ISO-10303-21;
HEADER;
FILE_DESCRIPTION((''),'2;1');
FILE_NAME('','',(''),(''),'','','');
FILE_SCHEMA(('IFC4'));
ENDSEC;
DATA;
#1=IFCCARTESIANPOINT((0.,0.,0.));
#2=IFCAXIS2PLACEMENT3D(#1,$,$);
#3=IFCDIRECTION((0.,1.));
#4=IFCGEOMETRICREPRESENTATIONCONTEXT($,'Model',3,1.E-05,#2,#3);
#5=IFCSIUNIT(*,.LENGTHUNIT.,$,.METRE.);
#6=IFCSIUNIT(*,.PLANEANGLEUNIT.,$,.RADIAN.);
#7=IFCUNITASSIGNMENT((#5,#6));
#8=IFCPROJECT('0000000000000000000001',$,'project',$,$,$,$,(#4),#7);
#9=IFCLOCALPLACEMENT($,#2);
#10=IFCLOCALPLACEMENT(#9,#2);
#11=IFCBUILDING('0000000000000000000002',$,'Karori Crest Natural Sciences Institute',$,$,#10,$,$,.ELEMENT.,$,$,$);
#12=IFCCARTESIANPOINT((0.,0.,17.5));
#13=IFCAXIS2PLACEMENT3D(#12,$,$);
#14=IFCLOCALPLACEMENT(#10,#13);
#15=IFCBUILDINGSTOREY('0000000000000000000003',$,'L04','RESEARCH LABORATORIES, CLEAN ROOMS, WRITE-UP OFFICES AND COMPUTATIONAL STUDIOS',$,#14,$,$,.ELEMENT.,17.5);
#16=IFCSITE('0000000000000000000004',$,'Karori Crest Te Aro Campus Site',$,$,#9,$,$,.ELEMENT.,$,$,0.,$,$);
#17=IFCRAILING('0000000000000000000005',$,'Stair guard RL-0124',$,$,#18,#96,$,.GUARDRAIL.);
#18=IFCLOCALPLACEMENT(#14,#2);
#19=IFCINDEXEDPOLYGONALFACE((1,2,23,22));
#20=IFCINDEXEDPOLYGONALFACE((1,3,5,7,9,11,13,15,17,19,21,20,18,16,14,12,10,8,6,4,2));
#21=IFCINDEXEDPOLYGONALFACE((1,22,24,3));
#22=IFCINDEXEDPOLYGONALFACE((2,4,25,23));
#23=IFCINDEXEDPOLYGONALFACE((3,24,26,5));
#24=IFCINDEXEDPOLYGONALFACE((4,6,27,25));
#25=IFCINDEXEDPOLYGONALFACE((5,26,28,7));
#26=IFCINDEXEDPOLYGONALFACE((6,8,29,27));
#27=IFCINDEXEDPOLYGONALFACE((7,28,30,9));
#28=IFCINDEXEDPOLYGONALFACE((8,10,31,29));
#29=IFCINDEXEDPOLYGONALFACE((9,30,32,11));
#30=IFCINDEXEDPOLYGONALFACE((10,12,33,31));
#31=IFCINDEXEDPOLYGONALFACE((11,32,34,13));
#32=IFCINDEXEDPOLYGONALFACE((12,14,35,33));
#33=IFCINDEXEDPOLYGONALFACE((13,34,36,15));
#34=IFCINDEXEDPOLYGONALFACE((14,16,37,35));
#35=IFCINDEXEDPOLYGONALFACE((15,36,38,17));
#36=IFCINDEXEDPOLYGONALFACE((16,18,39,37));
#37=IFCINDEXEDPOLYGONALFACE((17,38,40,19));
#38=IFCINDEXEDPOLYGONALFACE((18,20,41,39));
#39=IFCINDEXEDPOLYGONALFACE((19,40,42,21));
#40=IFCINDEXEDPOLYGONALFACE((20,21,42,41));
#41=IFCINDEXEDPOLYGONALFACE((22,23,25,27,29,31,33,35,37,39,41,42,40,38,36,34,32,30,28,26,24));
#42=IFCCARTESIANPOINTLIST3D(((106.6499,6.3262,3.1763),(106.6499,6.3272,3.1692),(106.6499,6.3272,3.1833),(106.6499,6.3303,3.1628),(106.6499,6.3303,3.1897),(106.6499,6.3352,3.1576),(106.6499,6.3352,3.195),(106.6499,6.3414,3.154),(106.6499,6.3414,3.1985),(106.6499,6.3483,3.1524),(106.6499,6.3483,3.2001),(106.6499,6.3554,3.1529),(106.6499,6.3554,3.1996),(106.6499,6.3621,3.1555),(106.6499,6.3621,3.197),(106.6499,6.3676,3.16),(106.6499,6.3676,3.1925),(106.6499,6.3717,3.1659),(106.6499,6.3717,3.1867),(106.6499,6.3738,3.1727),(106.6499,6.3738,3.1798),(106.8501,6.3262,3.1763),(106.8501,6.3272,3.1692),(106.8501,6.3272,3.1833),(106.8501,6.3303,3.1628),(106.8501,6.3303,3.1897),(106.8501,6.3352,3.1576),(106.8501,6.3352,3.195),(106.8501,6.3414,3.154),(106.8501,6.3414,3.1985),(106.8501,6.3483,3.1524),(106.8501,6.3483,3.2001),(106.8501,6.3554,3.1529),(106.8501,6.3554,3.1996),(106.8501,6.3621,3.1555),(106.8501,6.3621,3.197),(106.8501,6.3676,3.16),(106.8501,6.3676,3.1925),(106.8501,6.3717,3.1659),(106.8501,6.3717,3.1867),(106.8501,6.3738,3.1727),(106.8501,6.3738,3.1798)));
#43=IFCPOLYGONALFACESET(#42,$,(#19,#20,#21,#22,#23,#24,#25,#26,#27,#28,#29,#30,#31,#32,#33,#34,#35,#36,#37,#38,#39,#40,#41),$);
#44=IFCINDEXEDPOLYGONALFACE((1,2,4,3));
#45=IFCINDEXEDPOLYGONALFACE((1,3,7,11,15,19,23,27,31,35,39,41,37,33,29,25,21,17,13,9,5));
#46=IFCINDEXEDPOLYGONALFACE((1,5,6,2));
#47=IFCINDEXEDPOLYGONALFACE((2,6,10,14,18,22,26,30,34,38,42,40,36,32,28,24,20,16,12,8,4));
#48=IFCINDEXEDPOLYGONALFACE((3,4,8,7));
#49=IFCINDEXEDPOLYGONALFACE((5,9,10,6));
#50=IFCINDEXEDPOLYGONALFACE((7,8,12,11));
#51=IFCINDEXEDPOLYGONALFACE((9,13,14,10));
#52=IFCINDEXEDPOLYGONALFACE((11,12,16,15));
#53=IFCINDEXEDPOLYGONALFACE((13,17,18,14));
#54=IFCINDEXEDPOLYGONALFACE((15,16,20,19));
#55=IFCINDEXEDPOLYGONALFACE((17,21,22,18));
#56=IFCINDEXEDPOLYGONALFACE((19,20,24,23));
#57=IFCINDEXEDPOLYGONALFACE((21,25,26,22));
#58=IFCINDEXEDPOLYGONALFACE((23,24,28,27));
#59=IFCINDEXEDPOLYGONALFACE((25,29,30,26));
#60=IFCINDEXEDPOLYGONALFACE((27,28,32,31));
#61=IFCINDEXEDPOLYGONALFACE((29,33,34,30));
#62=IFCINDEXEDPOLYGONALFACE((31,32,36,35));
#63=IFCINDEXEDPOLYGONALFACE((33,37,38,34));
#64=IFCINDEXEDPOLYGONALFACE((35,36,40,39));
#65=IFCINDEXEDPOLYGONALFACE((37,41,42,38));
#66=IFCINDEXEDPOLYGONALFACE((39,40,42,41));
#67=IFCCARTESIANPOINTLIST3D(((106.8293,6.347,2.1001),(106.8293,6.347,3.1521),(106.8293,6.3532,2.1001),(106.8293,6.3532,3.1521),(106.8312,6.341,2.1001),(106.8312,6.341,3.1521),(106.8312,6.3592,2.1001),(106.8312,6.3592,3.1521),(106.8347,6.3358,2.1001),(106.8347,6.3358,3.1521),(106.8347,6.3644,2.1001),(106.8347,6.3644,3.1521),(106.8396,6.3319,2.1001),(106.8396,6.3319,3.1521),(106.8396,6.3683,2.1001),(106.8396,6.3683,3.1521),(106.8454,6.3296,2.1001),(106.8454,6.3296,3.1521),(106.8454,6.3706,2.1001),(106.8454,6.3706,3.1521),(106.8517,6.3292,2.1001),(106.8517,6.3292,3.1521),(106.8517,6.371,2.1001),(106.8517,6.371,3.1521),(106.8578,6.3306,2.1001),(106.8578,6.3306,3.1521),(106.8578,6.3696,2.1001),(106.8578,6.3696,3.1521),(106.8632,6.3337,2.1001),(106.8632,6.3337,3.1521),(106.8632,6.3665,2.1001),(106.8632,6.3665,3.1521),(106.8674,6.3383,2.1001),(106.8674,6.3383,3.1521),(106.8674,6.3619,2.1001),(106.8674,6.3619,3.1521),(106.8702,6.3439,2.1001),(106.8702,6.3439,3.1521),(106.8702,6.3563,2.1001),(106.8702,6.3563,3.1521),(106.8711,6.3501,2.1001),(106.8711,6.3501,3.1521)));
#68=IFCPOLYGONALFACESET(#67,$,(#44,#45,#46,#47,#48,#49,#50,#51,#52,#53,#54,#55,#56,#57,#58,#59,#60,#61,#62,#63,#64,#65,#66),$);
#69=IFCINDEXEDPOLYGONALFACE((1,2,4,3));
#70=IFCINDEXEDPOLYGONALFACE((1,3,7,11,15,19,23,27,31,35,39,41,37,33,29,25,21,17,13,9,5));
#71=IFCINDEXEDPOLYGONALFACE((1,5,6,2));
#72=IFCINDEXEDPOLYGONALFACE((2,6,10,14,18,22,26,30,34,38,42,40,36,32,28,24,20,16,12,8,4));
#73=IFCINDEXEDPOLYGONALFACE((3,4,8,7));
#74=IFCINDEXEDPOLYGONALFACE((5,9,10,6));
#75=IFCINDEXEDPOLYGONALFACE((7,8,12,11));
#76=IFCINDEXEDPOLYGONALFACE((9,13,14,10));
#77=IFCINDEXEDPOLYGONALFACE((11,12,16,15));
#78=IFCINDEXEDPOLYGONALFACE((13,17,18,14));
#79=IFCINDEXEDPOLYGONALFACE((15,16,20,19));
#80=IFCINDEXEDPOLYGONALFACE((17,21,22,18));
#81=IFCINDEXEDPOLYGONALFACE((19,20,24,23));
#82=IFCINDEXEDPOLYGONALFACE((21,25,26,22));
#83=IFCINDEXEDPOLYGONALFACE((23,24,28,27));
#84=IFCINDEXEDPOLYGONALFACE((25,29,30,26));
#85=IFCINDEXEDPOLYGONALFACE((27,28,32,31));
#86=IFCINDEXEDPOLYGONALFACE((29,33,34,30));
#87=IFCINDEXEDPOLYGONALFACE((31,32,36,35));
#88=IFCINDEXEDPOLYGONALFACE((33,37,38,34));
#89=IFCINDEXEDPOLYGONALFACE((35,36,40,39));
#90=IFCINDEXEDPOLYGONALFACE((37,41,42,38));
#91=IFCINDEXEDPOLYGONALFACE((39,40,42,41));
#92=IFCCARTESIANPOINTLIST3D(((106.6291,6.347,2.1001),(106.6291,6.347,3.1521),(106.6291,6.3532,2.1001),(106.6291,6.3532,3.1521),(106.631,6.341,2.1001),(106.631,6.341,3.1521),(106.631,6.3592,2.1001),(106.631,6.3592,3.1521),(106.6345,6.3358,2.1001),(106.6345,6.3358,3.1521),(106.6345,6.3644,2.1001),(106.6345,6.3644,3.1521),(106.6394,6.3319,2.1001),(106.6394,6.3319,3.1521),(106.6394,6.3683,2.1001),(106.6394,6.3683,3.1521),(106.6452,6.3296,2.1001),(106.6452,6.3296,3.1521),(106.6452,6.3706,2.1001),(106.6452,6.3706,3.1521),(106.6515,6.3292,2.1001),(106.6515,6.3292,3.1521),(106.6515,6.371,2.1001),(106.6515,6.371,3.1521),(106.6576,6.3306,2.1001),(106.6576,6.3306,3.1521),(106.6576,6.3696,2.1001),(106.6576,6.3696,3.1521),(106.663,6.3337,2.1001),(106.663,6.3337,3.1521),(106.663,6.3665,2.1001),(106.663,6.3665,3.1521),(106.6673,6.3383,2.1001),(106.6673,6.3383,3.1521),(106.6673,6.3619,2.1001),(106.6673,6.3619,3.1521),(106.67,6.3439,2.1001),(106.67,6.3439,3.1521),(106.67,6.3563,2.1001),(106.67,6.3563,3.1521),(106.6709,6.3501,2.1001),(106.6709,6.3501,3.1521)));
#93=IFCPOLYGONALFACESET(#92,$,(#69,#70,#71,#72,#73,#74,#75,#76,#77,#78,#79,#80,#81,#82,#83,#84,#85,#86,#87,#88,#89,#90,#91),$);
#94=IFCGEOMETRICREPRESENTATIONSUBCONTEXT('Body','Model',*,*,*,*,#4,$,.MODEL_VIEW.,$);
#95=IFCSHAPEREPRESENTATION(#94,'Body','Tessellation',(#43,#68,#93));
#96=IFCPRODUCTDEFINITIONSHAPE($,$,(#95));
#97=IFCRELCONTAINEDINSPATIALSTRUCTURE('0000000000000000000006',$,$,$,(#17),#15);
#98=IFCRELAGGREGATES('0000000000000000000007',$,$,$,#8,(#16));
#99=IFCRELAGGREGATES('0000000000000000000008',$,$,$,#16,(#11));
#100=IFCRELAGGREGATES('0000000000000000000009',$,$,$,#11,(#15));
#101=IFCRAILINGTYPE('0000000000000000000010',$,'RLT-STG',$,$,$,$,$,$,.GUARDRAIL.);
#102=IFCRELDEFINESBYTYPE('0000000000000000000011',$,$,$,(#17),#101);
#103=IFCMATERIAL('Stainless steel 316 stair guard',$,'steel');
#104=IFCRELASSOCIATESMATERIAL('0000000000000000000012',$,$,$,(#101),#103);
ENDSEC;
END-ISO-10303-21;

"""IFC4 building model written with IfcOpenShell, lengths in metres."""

from ifc_helpers import new_model, si_unit, direction, frame, origin, origin_2d, place, context, subcontext, project, spatial, circle, extrude, material, type_object, element, save


model = new_model("IFC4")

# Units and contexts
model_context = context("Model", 3, precision=1e-05, world=origin(), true_north=direction((0.0, 1.0)))
body_context = subcontext(model_context, "Body", "Model", "MODEL_VIEW")
ifc_project = project(units=[si_unit("LENGTHUNIT", "METRE"), si_unit("PLANEANGLEUNIT", "RADIAN")], contexts=[model_context])

# Site, building, storey
site_placement = place(None, origin())
site = spatial("IfcSite", under=ifc_project, at=site_placement, Name="Karori Crest Te Aro Campus Site", CompositionType="ELEMENT", RefElevation=0.0)
building_placement = place(site_placement, origin())
building = spatial("IfcBuilding", under=site, at=building_placement, Name="Karori Crest Natural Sciences Institute", CompositionType="ELEMENT")
storey_placement = place(building_placement, frame((0.0, 0.0, 17.5)))
storey = spatial("IfcBuildingStorey", under=building, at=storey_placement, Name="L04", Description="RESEARCH LABORATORIES, CLEAN ROOMS, WRITE-UP OFFICES AND COMPUTATIONAL STUDIOS", CompositionType="ELEMENT", Elevation=17.5)

# Railing
ifc_material_1 = material(Name="Stainless steel 316 stair guard", Category="steel")
railing_type_1 = type_object("IfcRailingType", Name="RLT-STG", PredefinedType="GUARDRAIL", material=ifc_material_1)
railing_1_placement = place(storey_placement, frame((106.8501, 6.3501, 2.1001)))
element("IfcRailing", 1, at=railing_1_placement, inside=storey, type_object=railing_type_1, Name="Stair guard RL-0124", PredefinedType="GUARDRAIL", context=body_context, shape_type="SweptSolid", body=[
    extrude(circle(Radius=0.0239, at=origin_2d()), frame((0.0, 0.0, 1.0762), z_axis=(-1.0, 0.0, 0.0), x_axis=(0.0, -1.0, 0.0)), (0.0, 0.0, 1.0), 0.2002),
    extrude(circle(Radius=0.021, at=origin_2d()), origin(), (0.0, 0.0, 1.0), 1.052),
    extrude(circle(Radius=0.021, at=origin_2d()), frame((-0.2002, 0.0, 0.0)), (0.0, 0.0, 1.0), 1.052),
])

save(model, "model.ifc")
